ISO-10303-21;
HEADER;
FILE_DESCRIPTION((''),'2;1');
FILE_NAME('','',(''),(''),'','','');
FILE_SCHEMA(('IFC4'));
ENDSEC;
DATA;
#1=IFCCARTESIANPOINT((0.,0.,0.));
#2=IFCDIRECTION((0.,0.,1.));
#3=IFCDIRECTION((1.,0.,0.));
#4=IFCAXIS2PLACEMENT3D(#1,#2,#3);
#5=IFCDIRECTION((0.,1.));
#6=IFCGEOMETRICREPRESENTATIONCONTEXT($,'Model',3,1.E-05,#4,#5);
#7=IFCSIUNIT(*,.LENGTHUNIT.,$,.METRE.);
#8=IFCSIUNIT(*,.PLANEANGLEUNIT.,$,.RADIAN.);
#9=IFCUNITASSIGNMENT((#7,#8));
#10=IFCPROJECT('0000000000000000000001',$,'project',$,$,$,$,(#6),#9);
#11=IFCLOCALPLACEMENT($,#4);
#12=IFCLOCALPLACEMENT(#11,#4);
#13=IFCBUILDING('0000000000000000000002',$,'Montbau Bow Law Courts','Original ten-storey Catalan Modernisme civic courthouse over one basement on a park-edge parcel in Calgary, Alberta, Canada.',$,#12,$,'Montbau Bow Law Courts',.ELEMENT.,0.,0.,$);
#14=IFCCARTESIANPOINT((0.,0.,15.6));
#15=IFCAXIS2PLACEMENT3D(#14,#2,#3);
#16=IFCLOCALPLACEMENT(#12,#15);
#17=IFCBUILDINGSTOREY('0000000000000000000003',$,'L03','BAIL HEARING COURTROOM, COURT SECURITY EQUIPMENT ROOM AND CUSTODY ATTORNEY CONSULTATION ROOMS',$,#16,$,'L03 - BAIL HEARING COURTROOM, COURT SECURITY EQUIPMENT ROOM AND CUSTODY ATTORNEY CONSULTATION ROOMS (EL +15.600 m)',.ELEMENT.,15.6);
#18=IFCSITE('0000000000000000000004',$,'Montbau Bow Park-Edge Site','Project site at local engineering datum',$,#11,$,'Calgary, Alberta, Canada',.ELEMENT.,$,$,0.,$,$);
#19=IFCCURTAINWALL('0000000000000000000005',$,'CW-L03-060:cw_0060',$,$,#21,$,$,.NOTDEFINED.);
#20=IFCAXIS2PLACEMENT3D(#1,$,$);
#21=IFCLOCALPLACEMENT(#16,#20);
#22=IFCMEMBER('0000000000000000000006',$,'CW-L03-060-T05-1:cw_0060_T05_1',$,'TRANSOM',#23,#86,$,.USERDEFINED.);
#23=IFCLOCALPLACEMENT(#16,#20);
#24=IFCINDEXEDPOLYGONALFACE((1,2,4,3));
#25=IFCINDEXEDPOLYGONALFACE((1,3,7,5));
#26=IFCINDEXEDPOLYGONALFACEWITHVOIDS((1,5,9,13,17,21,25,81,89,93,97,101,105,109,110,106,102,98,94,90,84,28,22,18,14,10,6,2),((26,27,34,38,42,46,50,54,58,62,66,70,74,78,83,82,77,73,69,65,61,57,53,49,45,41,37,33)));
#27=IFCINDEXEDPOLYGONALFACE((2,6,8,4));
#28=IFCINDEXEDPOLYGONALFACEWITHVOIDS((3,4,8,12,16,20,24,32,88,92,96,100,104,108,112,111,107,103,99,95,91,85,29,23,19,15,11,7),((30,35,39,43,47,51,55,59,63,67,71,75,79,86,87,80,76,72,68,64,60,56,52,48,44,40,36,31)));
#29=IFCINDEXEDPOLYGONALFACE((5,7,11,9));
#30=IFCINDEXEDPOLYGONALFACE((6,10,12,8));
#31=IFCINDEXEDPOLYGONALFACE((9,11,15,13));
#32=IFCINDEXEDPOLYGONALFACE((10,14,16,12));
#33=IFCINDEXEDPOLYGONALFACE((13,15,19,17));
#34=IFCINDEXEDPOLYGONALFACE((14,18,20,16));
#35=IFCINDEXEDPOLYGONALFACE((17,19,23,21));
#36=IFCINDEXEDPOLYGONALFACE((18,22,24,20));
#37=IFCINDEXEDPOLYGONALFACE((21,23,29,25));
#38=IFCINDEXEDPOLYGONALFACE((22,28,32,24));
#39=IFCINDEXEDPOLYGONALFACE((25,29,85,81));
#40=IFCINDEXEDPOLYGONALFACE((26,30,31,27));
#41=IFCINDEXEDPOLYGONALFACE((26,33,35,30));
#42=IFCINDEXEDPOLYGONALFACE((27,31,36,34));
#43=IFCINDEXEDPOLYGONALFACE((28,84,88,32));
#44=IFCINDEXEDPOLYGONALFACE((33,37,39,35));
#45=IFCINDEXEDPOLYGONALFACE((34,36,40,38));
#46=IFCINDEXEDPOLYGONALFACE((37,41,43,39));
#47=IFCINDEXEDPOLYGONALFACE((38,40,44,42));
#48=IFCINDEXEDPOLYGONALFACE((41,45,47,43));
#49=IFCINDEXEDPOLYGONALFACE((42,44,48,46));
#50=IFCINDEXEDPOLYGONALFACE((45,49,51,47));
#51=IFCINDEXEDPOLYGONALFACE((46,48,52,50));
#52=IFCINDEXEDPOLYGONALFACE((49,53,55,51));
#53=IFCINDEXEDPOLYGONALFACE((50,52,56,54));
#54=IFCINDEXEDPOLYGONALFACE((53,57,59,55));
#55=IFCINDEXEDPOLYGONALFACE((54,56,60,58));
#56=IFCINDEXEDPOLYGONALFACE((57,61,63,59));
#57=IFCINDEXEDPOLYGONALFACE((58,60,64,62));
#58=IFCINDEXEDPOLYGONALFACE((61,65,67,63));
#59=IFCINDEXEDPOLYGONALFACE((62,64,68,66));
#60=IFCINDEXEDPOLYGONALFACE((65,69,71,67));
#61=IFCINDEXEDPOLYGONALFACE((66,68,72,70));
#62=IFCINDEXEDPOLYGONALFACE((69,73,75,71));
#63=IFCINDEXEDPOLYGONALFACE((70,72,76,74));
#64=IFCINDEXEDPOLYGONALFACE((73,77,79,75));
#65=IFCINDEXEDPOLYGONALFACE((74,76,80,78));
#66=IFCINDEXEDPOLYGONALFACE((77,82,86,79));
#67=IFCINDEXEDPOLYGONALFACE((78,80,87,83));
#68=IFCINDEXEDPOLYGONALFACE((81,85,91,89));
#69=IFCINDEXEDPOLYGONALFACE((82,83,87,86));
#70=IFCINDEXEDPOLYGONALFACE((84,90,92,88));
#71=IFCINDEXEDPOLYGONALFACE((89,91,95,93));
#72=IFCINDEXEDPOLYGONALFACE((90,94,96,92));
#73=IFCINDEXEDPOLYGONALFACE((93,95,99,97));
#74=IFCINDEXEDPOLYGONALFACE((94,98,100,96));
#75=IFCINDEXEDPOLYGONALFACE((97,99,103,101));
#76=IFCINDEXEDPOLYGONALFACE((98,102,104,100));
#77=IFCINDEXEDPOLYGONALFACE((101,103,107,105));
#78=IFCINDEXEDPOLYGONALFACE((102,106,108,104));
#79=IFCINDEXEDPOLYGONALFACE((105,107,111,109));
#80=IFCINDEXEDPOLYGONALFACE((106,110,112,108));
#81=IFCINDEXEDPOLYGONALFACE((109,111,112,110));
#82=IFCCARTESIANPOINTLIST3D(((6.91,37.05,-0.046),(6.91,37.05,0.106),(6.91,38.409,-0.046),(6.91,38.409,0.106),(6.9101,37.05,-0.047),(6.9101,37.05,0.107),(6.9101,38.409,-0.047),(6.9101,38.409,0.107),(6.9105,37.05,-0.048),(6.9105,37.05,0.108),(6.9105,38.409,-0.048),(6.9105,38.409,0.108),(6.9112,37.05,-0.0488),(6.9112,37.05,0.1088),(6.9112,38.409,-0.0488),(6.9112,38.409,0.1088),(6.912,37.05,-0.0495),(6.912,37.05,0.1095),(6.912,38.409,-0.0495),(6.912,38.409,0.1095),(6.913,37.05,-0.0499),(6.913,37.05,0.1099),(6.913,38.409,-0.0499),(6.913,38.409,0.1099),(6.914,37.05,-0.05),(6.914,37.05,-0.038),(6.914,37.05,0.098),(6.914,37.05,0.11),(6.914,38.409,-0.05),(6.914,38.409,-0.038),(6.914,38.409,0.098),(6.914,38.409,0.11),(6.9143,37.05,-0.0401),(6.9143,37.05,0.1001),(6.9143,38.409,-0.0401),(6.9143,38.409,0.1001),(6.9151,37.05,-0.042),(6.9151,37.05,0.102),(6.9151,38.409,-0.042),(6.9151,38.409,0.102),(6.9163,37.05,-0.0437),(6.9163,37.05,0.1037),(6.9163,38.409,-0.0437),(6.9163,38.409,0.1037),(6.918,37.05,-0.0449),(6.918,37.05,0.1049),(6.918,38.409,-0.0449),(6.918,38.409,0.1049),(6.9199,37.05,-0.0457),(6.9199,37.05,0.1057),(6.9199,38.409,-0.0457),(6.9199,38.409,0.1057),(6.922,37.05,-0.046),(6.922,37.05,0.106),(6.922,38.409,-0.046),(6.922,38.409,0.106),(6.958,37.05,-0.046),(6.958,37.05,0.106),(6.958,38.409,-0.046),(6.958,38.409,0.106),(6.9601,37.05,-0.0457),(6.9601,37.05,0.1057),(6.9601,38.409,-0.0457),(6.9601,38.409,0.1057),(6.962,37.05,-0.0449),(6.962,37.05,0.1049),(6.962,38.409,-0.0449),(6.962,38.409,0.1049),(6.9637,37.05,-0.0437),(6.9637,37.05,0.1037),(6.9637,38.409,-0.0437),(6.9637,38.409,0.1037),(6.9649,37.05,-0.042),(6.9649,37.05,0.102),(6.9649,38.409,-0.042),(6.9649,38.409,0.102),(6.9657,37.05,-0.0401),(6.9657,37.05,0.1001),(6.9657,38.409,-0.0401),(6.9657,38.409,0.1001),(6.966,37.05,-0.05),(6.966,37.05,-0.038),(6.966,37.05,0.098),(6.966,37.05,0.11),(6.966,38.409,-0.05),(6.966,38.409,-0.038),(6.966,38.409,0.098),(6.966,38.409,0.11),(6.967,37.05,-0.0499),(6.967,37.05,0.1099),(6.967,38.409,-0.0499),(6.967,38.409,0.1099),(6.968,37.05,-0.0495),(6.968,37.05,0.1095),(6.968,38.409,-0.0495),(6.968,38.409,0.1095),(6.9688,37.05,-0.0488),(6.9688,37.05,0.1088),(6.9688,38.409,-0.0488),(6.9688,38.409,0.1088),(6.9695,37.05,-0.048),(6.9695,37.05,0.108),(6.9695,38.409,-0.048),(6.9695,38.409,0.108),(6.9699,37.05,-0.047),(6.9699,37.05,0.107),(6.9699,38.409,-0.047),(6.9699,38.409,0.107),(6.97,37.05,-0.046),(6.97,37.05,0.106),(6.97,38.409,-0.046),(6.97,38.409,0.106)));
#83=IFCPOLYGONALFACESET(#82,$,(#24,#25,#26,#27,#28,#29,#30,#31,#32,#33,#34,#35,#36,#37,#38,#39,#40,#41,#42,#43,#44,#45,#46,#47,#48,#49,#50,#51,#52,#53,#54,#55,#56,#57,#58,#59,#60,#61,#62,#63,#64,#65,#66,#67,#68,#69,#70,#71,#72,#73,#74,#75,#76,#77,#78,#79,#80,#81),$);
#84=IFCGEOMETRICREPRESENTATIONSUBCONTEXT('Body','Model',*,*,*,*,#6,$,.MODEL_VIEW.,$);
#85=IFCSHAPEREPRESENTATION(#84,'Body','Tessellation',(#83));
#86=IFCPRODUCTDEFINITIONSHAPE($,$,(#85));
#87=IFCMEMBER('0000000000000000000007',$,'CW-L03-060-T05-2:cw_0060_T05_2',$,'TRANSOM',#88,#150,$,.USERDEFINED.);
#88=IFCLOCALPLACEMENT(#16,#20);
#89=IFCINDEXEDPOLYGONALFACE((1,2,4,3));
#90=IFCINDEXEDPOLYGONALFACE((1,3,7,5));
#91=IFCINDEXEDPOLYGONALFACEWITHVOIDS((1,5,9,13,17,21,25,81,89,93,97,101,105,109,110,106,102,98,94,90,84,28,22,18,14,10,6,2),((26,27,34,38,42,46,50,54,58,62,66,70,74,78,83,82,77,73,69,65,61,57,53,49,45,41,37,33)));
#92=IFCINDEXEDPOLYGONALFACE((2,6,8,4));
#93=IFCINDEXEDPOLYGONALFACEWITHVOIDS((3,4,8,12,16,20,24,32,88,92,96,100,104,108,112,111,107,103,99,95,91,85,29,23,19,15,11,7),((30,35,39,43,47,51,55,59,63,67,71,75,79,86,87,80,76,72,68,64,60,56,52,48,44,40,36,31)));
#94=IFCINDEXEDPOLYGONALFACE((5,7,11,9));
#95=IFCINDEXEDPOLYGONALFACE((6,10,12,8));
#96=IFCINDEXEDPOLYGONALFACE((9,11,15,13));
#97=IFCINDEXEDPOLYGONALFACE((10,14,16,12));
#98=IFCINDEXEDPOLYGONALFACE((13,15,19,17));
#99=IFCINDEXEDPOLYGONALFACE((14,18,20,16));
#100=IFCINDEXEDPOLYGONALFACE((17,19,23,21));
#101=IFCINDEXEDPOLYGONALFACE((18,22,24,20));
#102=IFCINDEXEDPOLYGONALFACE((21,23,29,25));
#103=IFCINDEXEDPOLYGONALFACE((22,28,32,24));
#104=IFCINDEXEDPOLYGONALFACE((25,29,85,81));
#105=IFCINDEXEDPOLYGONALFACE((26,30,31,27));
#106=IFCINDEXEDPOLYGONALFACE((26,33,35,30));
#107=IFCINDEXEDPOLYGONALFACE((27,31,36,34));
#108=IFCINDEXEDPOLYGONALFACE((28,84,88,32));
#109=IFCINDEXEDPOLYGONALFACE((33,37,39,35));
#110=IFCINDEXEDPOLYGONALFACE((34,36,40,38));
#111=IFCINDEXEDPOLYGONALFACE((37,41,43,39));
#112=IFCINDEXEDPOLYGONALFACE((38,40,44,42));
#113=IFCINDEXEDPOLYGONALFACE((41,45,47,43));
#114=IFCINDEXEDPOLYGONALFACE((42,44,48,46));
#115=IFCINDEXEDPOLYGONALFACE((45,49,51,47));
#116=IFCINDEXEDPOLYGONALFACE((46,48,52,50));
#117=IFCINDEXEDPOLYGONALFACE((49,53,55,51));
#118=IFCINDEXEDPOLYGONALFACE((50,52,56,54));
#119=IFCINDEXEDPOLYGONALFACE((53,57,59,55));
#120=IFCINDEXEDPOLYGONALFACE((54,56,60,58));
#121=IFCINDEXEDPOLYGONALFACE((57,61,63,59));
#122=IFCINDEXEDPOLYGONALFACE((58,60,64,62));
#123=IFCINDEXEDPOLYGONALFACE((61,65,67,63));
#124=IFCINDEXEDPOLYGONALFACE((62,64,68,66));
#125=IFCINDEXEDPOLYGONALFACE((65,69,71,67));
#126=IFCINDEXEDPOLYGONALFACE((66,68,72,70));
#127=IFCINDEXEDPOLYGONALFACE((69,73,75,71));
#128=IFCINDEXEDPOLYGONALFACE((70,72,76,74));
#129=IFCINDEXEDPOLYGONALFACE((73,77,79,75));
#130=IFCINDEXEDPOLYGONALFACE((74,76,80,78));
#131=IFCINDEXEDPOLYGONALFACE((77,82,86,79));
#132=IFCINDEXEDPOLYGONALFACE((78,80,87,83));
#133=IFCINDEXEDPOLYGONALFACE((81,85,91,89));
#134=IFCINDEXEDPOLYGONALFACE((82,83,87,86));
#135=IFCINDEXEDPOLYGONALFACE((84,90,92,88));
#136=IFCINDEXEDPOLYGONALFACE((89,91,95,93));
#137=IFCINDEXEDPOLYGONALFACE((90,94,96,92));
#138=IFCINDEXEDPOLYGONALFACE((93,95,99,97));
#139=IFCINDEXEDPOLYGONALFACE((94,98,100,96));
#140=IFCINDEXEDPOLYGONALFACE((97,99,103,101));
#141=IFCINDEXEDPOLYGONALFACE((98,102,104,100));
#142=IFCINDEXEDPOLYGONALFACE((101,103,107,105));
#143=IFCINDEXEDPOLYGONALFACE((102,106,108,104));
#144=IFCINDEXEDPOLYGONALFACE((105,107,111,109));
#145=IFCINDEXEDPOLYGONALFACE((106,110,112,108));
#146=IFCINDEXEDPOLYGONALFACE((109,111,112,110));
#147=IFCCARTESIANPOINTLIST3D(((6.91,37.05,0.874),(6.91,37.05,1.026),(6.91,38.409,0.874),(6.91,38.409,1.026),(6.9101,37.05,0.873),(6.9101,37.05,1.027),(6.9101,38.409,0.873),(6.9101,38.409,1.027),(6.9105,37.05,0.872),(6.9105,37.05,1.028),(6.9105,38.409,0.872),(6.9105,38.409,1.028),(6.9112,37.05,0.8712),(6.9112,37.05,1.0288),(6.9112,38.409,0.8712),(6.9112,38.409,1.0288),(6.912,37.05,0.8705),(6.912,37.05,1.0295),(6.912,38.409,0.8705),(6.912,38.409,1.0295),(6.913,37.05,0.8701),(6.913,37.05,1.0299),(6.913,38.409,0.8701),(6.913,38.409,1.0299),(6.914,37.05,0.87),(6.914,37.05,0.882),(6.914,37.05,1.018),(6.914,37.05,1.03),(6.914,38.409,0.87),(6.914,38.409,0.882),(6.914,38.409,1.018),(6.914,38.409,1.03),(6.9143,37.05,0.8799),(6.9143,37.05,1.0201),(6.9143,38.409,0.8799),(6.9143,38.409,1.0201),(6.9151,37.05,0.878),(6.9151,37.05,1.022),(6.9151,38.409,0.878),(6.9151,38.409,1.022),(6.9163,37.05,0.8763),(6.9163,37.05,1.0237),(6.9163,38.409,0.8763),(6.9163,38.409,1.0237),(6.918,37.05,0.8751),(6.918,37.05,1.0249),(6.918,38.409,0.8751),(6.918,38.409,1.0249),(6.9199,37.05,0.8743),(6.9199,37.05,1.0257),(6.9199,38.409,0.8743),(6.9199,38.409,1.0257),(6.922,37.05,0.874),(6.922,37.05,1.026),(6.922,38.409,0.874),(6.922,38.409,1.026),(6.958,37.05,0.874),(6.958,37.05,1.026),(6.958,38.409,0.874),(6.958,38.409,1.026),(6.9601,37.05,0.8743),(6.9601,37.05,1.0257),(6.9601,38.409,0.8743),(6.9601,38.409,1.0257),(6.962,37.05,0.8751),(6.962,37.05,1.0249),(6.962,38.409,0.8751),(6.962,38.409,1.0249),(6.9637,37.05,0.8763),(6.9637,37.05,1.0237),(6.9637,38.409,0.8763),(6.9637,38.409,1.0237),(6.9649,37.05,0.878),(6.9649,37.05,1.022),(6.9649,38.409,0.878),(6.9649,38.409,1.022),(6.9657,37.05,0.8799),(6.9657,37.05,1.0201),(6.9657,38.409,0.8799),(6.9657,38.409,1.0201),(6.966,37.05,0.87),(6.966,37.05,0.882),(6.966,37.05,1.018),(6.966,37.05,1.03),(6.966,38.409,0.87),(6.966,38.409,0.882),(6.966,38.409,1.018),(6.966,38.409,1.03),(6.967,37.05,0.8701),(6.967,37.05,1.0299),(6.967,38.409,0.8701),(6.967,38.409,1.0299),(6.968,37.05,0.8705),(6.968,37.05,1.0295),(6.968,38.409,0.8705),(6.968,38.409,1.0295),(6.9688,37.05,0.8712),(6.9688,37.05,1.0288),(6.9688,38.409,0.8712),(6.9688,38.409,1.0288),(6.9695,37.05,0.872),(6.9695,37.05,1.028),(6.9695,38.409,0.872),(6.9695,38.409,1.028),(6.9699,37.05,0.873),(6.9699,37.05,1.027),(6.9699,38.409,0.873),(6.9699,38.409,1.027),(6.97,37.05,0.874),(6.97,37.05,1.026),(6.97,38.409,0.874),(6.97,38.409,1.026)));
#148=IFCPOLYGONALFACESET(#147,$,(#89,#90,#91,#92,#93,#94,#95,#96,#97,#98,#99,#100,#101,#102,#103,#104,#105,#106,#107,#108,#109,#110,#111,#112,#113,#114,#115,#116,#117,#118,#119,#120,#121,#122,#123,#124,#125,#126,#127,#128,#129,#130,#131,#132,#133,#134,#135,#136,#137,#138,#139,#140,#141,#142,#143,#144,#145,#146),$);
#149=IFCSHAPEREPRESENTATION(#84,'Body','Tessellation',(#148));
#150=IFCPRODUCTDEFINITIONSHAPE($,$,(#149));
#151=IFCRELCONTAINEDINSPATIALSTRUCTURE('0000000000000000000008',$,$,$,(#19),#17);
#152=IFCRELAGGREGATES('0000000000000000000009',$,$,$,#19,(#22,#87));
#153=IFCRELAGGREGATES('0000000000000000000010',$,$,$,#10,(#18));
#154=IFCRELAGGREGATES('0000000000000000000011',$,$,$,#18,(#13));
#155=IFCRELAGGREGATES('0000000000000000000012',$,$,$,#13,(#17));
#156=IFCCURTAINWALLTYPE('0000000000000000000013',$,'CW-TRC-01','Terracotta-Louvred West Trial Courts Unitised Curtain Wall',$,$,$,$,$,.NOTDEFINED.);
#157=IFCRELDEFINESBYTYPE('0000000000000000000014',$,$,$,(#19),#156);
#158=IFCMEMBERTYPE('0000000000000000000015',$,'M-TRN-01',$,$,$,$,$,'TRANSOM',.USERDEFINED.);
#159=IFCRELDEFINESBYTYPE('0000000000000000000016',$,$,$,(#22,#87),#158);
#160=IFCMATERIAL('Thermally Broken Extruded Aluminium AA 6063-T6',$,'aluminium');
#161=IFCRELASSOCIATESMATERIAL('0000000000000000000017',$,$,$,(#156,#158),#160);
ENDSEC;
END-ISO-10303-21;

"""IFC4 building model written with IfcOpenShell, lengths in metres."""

from ifc_helpers import new_model, si_unit, direction, frame, origin_with_axes, origin_2d_with_axis, place, context, subcontext, project, spatial, hollow_rectangle, extrude, material, material_profile, profile_set, type_object, element, aggregate, save


model = new_model("IFC4")

# Units and contexts
model_context = context("Model", 3, precision=1e-05, world=origin_with_axes(), true_north=direction((0.0, 1.0)))
body_context = subcontext(model_context, "Body", "Model", "MODEL_VIEW")
ifc_project = project(units=[si_unit("LENGTHUNIT", "METRE"), si_unit("PLANEANGLEUNIT", "RADIAN")], contexts=[model_context])

# Site, building, storey
site_placement = place(None, origin_with_axes())
site = spatial("IfcSite", under=ifc_project, at=site_placement, Name="Montbau Bow Park-Edge Site", Description="Project site at local engineering datum", LongName="Calgary, Alberta, Canada", CompositionType="ELEMENT", RefElevation=0.0)
building_placement = place(site_placement, origin_with_axes())
building = spatial("IfcBuilding", under=site, at=building_placement, Name="Montbau Bow Law Courts", Description="Original ten-storey Catalan Modernisme civic courthouse over one basement on a park-edge parcel in Calgary, Alberta, Canada.", LongName="Montbau Bow Law Courts", CompositionType="ELEMENT", ElevationOfRefHeight=0.0, ElevationOfTerrain=0.0)
storey_placement = place(building_placement, frame((0.0, 0.0, 15.6), z_axis=(0.0, 0.0, 1.0), x_axis=(1.0, 0.0, 0.0)))
storey = spatial("IfcBuildingStorey", under=building, at=storey_placement, Name="L03", Description="BAIL HEARING COURTROOM, COURT SECURITY EQUIPMENT ROOM AND CUSTODY ATTORNEY CONSULTATION ROOMS", LongName="L03 - BAIL HEARING COURTROOM, COURT SECURITY EQUIPMENT ROOM AND CUSTODY ATTORNEY CONSULTATION ROOMS (EL +15.600 m)", CompositionType="ELEMENT", Elevation=15.6)

# Curtain wall, members
ifc_material_1 = material(Name="Thermally Broken Extruded Aluminium AA 6063-T6", Category="aluminium")
curtain_wall_type = type_object("IfcCurtainWallType", Name="CW-TRC-01", Description="Terracotta-Louvred West Trial Courts Unitised Curtain Wall", PredefinedType="NOTDEFINED", material=ifc_material_1)
curtain_wall_placement = place(None, frame((6.94, 31.115, 15.6), z_axis=(0.0, 0.0, 1.0), x_axis=(1.0, 0.0, 0.0)))
curtain_wall = element("IfcCurtainWall", 1, at=curtain_wall_placement, inside=storey, type_object=curtain_wall_type, Name="CW-L03-060:cw_0060", PredefinedType="NOTDEFINED")
ifc_material_profile_1 = material_profile(ifc_material_1, hollow_rectangle(XDim=0.06, YDim=0.16, WallThickness=0.004, InnerFilletRadius=0.008, OuterFilletRadius=0.004, at=origin_2d_with_axis()), Name="CWT-160X60", Category="Main", Priority=0)
ifc_profile_set_1 = profile_set([ifc_material_profile_1], Name="Thermally Broken Extruded Aluminium AA 6063-T6")
member_type_1 = type_object("IfcMemberType", Name="M-TRN-01", ElementType="TRANSOM", PredefinedType="USERDEFINED", material=ifc_profile_set_1)
member_1_placement = place(None, frame((6.94, 37.05, 15.63), z_axis=(0.0, 1.0, 0.0), x_axis=(-1.0, 0.0, 0.0)))
member_1 = element("IfcMember", 2, at=member_1_placement, type_object=member_type_1, Name="CW-L03-060-T05-1:cw_0060_T05_1", ObjectType="TRANSOM", PredefinedType="USERDEFINED", context=body_context, shape_type="SweptSolid", body=[
    extrude(hollow_rectangle(XDim=0.06, YDim=0.16, WallThickness=0.004, InnerFilletRadius=0.008, OuterFilletRadius=0.004, at=origin_2d_with_axis()), origin_with_axes(), (0.0, 0.0, 1.0), 1.359),
])
member_2_placement = place(None, frame((6.94, 37.05, 16.55), z_axis=(0.0, 1.0, 0.0), x_axis=(-1.0, 0.0, 0.0)))
member_2 = element("IfcMember", 3, at=member_2_placement, type_object=member_type_1, Name="CW-L03-060-T05-2:cw_0060_T05_2", ObjectType="TRANSOM", PredefinedType="USERDEFINED", context=body_context, shape_type="SweptSolid", body=[
    extrude(hollow_rectangle(XDim=0.06, YDim=0.16, WallThickness=0.004, InnerFilletRadius=0.008, OuterFilletRadius=0.004, at=origin_2d_with_axis()), origin_with_axes(), (0.0, 0.0, 1.0), 1.359),
])
aggregate(curtain_wall, [member_1, member_2])

save(model, "model.ifc")
